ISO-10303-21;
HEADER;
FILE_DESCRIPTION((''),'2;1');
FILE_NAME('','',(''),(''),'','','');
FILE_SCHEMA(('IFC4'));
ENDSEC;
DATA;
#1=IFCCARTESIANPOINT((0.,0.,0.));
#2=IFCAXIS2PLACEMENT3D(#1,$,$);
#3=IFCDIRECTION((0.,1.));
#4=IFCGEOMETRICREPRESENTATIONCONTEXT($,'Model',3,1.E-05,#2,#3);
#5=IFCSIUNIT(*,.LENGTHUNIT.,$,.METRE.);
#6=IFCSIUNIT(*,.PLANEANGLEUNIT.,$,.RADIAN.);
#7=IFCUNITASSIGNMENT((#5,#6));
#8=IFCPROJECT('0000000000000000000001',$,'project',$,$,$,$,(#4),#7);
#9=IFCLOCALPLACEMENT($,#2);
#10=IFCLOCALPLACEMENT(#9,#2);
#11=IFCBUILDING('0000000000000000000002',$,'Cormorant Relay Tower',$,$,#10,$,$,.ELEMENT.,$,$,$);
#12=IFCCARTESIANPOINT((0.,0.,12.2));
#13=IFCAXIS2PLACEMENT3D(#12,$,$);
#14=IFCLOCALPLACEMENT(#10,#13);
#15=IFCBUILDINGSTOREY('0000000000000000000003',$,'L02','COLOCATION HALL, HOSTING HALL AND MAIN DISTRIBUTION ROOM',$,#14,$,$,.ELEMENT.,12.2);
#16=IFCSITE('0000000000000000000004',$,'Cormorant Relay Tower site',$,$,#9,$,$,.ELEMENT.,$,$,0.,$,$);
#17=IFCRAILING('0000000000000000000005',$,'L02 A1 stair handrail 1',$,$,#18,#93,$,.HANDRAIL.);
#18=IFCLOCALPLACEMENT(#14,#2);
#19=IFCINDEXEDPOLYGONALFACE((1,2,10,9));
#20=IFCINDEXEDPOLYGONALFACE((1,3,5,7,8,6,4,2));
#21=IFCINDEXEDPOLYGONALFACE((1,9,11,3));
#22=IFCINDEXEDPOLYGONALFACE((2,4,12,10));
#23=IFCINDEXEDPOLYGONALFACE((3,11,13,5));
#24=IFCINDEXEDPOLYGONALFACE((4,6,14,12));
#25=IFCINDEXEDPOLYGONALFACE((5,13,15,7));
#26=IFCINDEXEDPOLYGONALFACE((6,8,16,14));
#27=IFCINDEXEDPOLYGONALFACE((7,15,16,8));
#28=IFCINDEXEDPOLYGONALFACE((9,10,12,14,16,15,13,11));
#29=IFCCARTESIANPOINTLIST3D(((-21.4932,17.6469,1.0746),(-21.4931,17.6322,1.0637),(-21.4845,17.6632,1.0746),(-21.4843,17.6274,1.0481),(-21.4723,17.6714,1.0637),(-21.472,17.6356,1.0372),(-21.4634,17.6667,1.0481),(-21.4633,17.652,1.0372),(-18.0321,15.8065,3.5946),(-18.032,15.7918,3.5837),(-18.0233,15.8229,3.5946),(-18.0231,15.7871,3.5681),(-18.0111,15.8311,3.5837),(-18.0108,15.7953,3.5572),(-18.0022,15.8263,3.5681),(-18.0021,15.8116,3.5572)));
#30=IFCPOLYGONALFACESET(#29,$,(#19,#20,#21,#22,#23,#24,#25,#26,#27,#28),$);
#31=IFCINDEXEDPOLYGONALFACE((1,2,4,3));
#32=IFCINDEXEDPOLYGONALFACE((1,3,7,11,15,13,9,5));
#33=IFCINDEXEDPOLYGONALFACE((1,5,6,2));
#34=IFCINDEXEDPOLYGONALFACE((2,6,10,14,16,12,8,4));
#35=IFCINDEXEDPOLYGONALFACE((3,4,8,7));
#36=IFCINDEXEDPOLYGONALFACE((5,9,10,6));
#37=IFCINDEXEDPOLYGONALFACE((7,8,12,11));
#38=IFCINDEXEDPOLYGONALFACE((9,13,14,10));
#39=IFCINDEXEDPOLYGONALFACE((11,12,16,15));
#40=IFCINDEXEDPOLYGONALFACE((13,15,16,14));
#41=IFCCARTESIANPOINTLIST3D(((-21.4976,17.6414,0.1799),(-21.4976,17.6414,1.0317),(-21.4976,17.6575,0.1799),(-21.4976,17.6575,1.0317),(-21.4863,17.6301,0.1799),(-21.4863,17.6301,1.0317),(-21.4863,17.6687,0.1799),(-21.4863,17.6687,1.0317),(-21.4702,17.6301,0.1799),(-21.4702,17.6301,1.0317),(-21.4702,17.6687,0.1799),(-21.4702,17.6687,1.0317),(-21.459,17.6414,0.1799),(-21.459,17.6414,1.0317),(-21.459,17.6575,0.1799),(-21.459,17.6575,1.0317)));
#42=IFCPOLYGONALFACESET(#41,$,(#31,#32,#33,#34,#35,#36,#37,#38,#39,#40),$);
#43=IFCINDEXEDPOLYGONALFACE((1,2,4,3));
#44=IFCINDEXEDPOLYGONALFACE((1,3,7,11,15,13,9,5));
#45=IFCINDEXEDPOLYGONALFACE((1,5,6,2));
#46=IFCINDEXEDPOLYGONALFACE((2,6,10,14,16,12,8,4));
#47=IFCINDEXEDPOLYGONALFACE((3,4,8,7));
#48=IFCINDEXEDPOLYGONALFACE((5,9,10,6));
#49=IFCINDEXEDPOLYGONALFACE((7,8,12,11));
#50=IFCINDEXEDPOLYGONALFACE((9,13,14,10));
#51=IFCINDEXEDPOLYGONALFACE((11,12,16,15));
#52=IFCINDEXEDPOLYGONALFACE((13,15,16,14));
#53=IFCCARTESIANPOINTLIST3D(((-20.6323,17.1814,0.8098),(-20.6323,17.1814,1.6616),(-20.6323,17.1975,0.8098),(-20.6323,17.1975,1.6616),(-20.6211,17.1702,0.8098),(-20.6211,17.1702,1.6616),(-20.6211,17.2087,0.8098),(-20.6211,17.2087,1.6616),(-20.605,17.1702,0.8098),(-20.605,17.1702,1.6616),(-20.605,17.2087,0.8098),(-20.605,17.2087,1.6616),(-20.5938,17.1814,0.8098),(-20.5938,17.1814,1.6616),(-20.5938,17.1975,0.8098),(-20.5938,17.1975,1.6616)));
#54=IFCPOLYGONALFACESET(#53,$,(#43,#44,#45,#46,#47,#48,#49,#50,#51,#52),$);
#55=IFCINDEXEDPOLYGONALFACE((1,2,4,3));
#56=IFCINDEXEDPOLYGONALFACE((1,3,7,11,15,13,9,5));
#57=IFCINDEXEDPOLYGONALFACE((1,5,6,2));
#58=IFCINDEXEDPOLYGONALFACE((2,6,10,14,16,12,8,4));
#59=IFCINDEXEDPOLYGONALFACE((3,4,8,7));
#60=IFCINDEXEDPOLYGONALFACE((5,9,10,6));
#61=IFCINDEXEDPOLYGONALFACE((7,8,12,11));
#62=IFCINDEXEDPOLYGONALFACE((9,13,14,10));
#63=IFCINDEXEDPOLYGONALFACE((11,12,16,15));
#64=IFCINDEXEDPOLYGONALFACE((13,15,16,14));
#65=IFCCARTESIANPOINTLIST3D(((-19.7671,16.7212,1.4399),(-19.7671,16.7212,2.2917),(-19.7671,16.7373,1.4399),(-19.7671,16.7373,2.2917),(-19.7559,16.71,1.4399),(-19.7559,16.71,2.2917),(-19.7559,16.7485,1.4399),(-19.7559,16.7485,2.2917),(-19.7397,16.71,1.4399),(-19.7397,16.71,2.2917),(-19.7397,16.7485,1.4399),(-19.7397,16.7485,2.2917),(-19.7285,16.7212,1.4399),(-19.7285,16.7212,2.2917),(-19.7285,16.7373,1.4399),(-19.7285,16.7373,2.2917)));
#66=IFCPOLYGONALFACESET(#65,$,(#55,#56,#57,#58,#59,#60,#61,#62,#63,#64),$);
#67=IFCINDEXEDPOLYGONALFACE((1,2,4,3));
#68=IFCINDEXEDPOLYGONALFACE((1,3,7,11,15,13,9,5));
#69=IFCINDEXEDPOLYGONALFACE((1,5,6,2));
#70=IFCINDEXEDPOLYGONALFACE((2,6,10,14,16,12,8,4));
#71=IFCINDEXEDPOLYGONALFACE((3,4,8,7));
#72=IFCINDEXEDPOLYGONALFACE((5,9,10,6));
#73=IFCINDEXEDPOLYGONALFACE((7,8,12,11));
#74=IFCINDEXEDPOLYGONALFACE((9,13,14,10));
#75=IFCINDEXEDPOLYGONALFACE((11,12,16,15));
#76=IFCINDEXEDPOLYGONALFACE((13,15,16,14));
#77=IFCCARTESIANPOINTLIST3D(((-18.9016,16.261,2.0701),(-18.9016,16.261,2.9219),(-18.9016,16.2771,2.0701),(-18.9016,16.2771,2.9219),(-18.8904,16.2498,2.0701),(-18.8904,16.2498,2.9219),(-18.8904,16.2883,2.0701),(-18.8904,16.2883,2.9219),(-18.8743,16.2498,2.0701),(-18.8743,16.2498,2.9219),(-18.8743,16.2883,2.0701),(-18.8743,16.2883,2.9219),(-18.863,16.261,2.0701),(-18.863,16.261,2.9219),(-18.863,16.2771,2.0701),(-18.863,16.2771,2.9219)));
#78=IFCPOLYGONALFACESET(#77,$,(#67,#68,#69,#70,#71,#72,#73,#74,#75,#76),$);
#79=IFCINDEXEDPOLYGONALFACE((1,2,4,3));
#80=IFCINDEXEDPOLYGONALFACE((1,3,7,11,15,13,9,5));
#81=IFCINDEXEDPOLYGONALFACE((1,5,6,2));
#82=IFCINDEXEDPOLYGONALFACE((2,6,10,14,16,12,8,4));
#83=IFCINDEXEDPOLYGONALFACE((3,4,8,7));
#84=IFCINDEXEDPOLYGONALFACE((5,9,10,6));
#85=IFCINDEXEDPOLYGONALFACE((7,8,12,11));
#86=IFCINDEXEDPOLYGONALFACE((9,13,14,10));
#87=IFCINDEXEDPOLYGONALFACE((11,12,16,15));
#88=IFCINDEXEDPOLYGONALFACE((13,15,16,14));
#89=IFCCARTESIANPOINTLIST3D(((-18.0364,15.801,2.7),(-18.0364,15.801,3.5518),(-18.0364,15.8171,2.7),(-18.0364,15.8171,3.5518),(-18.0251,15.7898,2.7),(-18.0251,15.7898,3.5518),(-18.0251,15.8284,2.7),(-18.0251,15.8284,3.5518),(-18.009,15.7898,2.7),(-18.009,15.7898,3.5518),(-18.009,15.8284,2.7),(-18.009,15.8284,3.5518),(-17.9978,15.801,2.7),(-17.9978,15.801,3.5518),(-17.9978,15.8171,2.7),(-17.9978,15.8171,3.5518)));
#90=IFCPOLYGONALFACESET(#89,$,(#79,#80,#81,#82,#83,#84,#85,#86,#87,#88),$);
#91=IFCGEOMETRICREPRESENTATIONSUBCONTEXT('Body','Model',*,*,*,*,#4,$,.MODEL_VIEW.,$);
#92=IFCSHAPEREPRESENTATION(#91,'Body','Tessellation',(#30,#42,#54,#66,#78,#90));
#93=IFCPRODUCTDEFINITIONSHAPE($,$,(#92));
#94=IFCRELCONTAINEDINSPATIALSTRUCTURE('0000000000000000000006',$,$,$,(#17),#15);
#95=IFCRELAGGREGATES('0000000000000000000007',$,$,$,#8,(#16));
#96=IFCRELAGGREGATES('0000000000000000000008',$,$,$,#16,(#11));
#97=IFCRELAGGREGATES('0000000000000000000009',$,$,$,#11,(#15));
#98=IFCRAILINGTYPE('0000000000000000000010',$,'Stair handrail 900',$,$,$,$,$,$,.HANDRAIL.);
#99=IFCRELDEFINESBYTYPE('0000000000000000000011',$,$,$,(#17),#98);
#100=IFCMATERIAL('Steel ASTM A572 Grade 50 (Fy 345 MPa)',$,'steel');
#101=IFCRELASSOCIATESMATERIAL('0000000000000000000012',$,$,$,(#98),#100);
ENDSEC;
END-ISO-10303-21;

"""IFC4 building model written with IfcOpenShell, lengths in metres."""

from ifc_helpers import new_model, si_unit, direction, frame, origin, place, context, subcontext, project, spatial, polyline, outline, extrude, material, type_object, element, save


model = new_model("IFC4")

# Units and contexts
model_context = context("Model", 3, precision=1e-05, world=origin(), true_north=direction((0.0, 1.0)))
body_context = subcontext(model_context, "Body", "Model", "MODEL_VIEW")
ifc_project = project(units=[si_unit("LENGTHUNIT", "METRE"), si_unit("PLANEANGLEUNIT", "RADIAN")], contexts=[model_context])

# Site, building, storey
site_placement = place(None, origin())
site = spatial("IfcSite", under=ifc_project, at=site_placement, Name="Cormorant Relay Tower site", CompositionType="ELEMENT", RefElevation=0.0)
building_placement = place(site_placement, origin())
building = spatial("IfcBuilding", under=site, at=building_placement, Name="Cormorant Relay Tower", CompositionType="ELEMENT")
storey_placement = place(building_placement, frame((0.0, 0.0, 12.2)))
storey = spatial("IfcBuildingStorey", under=building, at=storey_placement, Name="L02", Description="COLOCATION HALL, HOSTING HALL AND MAIN DISTRIBUTION ROOM", CompositionType="ELEMENT", Elevation=12.2)

# Railing
ifc_material_1 = material(Name="Steel ASTM A572 Grade 50 (Fy 345 MPa)", Category="steel")
railing_type = type_object("IfcRailingType", Name="Stair handrail 900", PredefinedType="HANDRAIL", material=ifc_material_1)
railing_placement = place(storey_placement, frame((-21.4783, 17.6494, 0.1799)))
element("IfcRailing", 1, at=railing_placement, inside=storey, type_object=railing_type, Name="L02 A1 stair handrail 1", PredefinedType="HANDRAIL", context=body_context, shape_type="SweptSolid", body=[
    extrude(outline(polyline([(0.0222, 0.0093), (0.0093, 0.0222), (-0.0093, 0.0222), (-0.0222, 0.0093), (-0.0222, -0.0093), (-0.0093, -0.0222), (0.0093, -0.0222), (0.0222, -0.0093), (0.0222, 0.0093)])), frame((0.0, 0.0, 0.876), z_axis=(0.742717, -0.394907, 0.540758), x_axis=(0.469469, 0.882949, 0.0)), (0.0, 0.0, 1.0), 4.6602),
    extrude(outline(polyline([(0.0193, 0.0081), (0.0081, 0.0193), (-0.0081, 0.0193), (-0.0193, 0.0081), (-0.0193, -0.0081), (-0.0081, -0.0193), (0.0081, -0.0193), (0.0193, -0.0081), (0.0193, 0.0081)])), origin(), (0.0, 0.0, 1.0), 0.8518),
    extrude(outline(polyline([(0.0193, 0.0081), (0.0081, 0.0193), (-0.0081, 0.0193), (-0.0193, 0.0081), (-0.0193, -0.0081), (-0.0081, -0.0193), (0.0081, -0.0193), (0.0193, -0.0081), (0.0193, 0.0081)])), frame((0.8652, -0.46, 0.6299)), (0.0, 0.0, 1.0), 0.8518),
    extrude(outline(polyline([(0.0193, 0.0081), (0.0081, 0.0193), (-0.0081, 0.0193), (-0.0193, 0.0081), (-0.0193, -0.0081), (-0.0081, -0.0193), (0.0081, -0.0193), (0.0193, -0.0081), (0.0193, 0.0081)])), frame((1.7305, -0.9202, 1.26)), (0.0, 0.0, 1.0), 0.8518),
    extrude(outline(polyline([(0.0193, 0.0081), (0.0081, 0.0193), (-0.0081, 0.0193), (-0.0193, 0.0081), (-0.0193, -0.0081), (-0.0081, -0.0193), (0.0081, -0.0193), (0.0193, -0.0081), (0.0193, 0.0081)])), frame((2.5959, -1.3804, 1.8901)), (0.0, 0.0, 1.0), 0.8518),
    extrude(outline(polyline([(0.0193, 0.0081), (0.0081, 0.0193), (-0.0081, 0.0193), (-0.0193, 0.0081), (-0.0193, -0.0081), (-0.0081, -0.0193), (0.0081, -0.0193), (0.0193, -0.0081), (0.0193, 0.0081)])), frame((3.4612, -1.8403, 2.52)), (0.0, 0.0, 1.0), 0.8518),
])

save(model, "model.ifc")
